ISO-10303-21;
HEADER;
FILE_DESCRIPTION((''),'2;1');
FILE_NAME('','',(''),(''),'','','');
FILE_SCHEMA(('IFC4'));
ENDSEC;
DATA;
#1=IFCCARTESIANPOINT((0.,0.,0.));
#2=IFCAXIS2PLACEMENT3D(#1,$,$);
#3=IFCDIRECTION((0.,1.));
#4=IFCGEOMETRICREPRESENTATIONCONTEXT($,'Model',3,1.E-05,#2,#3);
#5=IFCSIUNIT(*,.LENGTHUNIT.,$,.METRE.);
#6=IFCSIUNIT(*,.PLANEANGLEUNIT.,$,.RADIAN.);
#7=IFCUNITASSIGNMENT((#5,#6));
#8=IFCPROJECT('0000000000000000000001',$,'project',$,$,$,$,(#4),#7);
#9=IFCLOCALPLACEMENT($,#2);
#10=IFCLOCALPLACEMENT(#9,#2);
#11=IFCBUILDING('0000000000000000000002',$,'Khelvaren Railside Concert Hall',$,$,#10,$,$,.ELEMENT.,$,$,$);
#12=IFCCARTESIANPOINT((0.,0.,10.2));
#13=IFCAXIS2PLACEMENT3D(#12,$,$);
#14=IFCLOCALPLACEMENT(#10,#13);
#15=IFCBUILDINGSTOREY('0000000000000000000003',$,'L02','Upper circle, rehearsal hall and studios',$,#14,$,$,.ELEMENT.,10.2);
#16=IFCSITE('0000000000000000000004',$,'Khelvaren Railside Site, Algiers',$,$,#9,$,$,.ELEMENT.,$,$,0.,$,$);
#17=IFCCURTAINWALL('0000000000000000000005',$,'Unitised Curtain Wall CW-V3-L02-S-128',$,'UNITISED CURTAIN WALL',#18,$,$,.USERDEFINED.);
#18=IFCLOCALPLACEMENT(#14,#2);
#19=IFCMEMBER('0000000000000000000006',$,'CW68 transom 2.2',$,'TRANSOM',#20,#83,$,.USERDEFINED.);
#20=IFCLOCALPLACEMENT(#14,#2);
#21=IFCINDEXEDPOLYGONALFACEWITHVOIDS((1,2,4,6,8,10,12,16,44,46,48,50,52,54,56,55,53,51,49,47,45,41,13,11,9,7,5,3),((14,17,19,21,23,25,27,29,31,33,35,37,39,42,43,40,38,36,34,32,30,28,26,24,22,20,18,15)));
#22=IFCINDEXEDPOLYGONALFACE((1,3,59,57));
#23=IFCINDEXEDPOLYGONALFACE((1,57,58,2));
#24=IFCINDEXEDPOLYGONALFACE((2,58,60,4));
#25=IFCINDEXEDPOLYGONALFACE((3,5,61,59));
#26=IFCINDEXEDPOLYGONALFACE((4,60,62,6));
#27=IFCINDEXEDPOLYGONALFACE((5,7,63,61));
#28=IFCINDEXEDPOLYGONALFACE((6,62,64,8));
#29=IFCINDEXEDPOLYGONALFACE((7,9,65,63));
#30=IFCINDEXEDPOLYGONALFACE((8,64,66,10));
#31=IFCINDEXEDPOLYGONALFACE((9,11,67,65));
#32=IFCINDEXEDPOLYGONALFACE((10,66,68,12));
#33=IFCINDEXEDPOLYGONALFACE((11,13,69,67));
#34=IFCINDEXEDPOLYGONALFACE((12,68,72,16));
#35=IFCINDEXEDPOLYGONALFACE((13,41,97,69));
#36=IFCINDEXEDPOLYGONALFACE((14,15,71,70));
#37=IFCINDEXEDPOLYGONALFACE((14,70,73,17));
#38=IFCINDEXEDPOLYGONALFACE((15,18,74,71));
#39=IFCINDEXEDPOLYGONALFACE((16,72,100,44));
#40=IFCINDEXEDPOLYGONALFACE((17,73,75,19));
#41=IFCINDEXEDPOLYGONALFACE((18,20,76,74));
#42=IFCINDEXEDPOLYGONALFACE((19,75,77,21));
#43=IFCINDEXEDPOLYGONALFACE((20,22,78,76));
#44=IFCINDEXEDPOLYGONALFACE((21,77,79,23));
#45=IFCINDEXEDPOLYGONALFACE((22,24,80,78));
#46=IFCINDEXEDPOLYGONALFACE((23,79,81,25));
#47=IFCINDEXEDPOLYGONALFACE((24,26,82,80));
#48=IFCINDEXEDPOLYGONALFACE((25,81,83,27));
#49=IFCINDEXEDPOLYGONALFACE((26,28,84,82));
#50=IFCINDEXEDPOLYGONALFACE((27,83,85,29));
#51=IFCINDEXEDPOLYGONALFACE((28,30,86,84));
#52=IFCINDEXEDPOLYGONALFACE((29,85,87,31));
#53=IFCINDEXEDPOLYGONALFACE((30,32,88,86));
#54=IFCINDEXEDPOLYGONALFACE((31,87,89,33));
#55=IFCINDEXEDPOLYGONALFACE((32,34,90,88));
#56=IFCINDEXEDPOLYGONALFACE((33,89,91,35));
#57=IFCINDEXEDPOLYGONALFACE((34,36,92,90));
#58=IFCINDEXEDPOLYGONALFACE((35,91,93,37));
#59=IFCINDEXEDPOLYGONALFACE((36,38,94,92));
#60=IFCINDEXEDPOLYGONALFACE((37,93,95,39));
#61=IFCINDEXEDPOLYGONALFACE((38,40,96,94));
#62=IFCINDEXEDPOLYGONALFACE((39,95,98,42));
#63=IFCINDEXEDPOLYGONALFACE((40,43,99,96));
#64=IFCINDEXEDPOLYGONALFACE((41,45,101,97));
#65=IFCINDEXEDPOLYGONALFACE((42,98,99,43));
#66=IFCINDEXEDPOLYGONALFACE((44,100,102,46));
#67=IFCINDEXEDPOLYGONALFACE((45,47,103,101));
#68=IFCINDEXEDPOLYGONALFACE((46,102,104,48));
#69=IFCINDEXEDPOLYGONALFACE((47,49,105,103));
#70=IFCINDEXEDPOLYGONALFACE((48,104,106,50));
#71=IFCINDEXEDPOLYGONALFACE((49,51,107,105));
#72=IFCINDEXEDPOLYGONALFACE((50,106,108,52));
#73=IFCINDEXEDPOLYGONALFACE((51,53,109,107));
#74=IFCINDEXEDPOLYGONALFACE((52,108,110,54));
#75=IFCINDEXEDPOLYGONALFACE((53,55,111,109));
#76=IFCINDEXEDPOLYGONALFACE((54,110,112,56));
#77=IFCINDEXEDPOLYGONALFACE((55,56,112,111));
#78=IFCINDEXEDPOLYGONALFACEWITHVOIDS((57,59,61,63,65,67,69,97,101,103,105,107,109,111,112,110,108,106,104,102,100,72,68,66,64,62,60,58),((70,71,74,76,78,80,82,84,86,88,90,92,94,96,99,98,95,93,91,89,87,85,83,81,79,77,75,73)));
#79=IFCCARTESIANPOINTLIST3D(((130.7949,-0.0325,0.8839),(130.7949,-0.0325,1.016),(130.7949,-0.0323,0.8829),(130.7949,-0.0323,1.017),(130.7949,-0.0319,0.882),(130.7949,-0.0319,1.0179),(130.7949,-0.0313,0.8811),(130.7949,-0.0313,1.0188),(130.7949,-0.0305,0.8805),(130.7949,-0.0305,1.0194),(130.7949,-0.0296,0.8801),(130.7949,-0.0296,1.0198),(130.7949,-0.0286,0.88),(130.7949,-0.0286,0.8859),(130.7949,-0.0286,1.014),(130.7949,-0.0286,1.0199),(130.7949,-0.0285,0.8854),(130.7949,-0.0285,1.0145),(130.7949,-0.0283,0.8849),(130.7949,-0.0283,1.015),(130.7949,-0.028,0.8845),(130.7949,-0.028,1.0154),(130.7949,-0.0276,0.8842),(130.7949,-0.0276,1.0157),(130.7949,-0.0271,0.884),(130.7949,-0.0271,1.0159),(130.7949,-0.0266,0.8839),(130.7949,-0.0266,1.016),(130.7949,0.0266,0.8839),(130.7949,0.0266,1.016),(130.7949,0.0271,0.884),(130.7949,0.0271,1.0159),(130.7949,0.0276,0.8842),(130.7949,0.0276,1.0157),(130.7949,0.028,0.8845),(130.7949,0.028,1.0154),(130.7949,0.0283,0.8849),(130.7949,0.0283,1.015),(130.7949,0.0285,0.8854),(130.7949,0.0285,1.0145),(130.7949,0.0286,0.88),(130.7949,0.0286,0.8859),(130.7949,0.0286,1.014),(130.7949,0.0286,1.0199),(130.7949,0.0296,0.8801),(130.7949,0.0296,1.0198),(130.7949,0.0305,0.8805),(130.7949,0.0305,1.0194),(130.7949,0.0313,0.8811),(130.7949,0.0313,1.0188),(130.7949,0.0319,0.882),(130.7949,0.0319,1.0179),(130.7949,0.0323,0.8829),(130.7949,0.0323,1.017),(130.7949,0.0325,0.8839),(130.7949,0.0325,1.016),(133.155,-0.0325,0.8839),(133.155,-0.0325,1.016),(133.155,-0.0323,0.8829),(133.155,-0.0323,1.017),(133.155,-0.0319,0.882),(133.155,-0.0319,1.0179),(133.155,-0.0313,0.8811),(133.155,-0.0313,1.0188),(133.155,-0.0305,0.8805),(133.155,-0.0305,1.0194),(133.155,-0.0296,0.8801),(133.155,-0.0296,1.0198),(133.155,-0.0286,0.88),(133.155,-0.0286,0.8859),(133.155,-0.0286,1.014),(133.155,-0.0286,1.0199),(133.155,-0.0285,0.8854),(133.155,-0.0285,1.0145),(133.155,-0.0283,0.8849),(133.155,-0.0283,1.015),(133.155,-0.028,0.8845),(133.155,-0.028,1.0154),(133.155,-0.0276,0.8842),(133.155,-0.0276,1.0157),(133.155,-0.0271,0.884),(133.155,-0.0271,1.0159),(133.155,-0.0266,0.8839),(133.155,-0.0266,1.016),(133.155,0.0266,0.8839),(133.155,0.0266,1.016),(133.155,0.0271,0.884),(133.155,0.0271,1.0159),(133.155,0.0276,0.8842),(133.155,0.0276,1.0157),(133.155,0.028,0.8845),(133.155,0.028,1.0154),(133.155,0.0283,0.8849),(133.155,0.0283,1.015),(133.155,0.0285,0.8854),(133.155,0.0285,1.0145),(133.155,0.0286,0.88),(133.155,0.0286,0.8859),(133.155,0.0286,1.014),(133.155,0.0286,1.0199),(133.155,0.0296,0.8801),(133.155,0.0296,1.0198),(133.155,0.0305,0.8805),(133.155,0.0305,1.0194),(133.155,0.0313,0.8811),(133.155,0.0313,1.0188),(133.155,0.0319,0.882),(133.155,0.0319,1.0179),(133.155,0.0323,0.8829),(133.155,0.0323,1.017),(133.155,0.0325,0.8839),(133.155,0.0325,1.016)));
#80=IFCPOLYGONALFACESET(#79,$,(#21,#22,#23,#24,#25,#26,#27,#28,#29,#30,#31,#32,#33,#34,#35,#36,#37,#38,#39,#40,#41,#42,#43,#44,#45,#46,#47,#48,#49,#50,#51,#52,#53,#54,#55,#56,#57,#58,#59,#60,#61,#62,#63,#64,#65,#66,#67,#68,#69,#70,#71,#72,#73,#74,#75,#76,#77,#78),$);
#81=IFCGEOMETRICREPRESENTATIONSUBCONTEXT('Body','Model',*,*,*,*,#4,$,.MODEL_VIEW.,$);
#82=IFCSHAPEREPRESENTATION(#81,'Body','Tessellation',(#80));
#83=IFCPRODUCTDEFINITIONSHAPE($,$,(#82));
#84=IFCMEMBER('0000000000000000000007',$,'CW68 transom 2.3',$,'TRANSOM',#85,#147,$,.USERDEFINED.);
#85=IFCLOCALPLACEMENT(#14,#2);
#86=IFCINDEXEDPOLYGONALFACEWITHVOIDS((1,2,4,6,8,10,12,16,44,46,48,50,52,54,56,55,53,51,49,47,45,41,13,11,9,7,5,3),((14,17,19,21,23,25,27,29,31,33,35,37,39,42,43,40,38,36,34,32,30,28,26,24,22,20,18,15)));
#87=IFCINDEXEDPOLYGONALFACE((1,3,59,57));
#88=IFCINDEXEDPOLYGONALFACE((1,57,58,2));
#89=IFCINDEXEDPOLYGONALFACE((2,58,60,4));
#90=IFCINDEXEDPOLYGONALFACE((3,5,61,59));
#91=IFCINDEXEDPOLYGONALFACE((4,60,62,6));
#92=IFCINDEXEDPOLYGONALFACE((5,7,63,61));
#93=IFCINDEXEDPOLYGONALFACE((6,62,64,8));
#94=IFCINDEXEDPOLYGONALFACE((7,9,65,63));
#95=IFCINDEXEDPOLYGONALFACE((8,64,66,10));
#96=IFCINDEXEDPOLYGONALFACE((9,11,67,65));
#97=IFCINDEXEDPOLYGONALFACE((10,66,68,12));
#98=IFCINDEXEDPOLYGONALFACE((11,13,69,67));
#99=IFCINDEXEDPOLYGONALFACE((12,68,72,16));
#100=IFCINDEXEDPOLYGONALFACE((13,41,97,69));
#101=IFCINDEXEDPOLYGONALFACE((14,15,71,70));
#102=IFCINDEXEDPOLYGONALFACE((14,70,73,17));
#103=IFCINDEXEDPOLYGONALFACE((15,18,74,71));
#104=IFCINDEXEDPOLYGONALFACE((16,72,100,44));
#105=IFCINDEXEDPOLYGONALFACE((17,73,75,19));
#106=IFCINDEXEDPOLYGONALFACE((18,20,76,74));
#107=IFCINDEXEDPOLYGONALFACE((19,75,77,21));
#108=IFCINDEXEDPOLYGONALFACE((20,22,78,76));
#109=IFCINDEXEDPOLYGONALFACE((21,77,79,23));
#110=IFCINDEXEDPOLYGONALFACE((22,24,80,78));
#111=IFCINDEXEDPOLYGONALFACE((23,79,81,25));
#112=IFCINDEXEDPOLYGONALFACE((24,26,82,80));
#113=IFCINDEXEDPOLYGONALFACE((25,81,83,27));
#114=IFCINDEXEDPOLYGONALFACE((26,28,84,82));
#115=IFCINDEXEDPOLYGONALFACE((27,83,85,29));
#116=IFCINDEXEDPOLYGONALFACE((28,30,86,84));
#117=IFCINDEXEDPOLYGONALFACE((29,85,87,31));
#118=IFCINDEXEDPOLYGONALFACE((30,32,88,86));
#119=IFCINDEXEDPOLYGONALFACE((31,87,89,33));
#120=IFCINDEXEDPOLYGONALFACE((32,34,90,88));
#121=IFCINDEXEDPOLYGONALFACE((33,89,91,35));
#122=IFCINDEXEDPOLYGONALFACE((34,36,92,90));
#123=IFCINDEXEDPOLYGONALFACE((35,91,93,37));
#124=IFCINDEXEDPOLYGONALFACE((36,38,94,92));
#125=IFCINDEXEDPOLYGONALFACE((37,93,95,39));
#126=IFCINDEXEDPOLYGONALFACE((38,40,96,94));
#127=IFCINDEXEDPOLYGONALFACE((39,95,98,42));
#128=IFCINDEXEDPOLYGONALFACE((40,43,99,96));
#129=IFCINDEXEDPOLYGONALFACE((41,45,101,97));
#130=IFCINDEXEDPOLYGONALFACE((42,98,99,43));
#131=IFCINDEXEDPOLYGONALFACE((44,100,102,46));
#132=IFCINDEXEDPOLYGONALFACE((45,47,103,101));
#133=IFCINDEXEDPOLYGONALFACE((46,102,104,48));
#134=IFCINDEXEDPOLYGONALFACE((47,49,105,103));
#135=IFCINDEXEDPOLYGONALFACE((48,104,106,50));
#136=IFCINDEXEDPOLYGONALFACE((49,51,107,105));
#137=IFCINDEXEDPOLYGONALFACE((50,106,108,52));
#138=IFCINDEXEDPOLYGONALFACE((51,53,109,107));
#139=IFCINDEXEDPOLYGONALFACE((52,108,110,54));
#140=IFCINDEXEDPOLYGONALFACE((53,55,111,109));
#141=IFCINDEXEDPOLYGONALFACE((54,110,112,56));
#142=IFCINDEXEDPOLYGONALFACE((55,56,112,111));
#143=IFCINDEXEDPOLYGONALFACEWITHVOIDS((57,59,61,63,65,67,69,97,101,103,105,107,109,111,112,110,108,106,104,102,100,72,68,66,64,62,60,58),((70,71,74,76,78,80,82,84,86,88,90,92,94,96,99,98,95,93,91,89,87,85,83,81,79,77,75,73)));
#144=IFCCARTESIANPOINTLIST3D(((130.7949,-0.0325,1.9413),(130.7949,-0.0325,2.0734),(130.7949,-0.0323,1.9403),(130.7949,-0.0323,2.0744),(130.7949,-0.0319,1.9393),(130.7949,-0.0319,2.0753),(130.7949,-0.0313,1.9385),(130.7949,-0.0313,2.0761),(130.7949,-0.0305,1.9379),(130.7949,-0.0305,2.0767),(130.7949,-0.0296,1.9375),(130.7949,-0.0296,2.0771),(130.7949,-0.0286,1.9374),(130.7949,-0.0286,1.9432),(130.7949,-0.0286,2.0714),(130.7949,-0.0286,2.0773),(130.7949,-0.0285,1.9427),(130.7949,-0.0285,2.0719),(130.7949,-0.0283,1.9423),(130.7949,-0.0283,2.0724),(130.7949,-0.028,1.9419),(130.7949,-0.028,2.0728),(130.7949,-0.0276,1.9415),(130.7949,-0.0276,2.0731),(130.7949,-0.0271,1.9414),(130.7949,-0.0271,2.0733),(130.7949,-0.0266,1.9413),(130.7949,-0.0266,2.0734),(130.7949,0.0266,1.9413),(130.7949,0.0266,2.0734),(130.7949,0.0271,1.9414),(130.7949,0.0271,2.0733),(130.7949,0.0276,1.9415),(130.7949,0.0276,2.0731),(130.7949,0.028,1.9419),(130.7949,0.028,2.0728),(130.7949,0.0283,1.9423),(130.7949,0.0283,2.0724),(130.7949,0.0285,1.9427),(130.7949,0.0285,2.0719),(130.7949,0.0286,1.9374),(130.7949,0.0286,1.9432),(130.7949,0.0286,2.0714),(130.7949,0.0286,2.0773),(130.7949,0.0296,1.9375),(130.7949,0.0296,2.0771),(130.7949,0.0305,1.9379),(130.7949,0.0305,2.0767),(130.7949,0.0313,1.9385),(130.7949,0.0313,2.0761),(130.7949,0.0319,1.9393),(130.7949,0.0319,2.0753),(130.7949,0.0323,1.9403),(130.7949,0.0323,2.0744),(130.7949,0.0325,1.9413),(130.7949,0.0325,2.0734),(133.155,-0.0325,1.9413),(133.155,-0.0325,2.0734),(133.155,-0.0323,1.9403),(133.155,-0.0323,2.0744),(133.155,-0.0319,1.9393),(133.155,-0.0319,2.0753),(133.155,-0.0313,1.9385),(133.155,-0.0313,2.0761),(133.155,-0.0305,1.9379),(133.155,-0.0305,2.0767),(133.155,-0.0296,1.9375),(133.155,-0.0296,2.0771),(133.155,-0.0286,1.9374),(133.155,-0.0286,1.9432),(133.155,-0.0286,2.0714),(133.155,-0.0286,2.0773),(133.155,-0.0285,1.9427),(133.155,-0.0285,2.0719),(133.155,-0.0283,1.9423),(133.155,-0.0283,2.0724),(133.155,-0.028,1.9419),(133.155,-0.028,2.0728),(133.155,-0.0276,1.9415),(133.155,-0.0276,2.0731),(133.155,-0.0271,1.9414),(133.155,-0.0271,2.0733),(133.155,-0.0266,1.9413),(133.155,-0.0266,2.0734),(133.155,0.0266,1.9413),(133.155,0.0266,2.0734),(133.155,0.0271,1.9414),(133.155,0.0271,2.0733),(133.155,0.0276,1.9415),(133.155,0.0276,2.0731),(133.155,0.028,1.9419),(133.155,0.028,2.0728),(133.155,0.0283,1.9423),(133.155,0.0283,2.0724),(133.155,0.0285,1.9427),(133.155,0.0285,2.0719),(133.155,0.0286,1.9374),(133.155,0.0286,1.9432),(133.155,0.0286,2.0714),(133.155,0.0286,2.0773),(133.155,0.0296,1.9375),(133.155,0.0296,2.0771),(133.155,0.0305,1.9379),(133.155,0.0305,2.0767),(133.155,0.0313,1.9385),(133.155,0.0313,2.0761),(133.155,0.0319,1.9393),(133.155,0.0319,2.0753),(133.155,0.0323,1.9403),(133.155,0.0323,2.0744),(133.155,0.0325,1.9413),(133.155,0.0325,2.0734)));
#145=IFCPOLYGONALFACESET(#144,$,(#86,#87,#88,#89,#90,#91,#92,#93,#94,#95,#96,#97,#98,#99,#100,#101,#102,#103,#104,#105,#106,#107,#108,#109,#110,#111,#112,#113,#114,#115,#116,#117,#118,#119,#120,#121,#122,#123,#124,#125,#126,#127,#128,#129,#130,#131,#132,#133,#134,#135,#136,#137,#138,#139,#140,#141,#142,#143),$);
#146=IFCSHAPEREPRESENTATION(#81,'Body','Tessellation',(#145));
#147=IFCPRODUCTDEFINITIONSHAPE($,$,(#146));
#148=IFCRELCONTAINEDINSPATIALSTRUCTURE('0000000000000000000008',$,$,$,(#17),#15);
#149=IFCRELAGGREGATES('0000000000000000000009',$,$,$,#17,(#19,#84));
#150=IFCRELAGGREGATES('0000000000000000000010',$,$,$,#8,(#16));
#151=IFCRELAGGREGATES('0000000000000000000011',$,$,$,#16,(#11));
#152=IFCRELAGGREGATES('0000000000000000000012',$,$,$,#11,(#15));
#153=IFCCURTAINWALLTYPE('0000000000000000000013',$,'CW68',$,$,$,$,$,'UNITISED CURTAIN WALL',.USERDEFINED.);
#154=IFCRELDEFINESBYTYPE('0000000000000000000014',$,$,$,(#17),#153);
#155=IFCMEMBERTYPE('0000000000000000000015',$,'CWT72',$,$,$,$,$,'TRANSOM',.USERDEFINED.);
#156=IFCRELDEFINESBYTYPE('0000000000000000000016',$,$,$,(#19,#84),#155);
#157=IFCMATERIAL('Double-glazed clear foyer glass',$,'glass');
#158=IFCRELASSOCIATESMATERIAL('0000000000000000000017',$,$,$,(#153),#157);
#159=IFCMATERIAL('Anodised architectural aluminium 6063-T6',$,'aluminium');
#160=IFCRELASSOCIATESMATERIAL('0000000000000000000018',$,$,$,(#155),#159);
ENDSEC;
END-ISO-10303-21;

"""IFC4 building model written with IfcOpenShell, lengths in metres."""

from ifc_helpers import new_model, si_unit, direction, frame, origin, origin_2d, place, context, subcontext, project, spatial, hollow_rectangle, extrude, material, material_profile, profile_set, type_object, element, aggregate, save


model = new_model("IFC4")

# Units and contexts
model_context = context("Model", 3, precision=1e-05, world=origin(), true_north=direction((0.0, 1.0)))
body_context = subcontext(model_context, "Body", "Model", "MODEL_VIEW")
ifc_project = project(units=[si_unit("LENGTHUNIT", "METRE"), si_unit("PLANEANGLEUNIT", "RADIAN")], contexts=[model_context])

# Site, building, storey
site_placement = place(None, origin())
site = spatial("IfcSite", under=ifc_project, at=site_placement, Name="Khelvaren Railside Site, Algiers", CompositionType="ELEMENT", RefElevation=0.0)
building_placement = place(site_placement, origin())
building = spatial("IfcBuilding", under=site, at=building_placement, Name="Khelvaren Railside Concert Hall", CompositionType="ELEMENT")
storey_placement = place(building_placement, frame((0.0, 0.0, 10.2)))
storey = spatial("IfcBuildingStorey", under=building, at=storey_placement, Name="L02", Description="Upper circle, rehearsal hall and studios", CompositionType="ELEMENT", Elevation=10.2)

# Curtain wall
ifc_material_1 = material(Name="Double-glazed clear foyer glass", Category="glass")
curtain_wall_type_1 = type_object("IfcCurtainWallType", Name="CW68", ElementType="UNITISED CURTAIN WALL", PredefinedType="USERDEFINED", material=ifc_material_1)
curtain_wall_1_placement = place(storey_placement, origin())
curtain_wall_1 = element("IfcCurtainWall", 1, at=curtain_wall_1_placement, inside=storey, type_object=curtain_wall_type_1, Name="Unitised Curtain Wall CW-V3-L02-S-128", ObjectType="UNITISED CURTAIN WALL", PredefinedType="USERDEFINED")
ifc_material_2 = material(Name="Anodised architectural aluminium 6063-T6", Category="aluminium")

# Members
ifc_material_profile_1 = material_profile(ifc_material_2, hollow_rectangle(XDim=0.0649, YDim=0.1399, WallThickness=0.0039, InnerFilletRadius=0.002, OuterFilletRadius=0.0039, at=origin_2d()), Name="CWT 65x140x4")
ifc_profile_set_1 = profile_set([ifc_material_profile_1], Name="Anodised architectural aluminium 6063-T6")
member_type_1 = type_object("IfcMemberType", Name="CWT72", ElementType="TRANSOM", PredefinedType="USERDEFINED", material=ifc_profile_set_1)
member_1_placement = place(storey_placement, frame((133.155, 0.0, 0.95), z_axis=(-1.0, 0.0, 0.0), x_axis=(0.0, -1.0, 0.0)))
member_1 = element("IfcMember", 2, at=member_1_placement, type_object=member_type_1, Name="CW68 transom 2.2", ObjectType="TRANSOM", PredefinedType="USERDEFINED", context=body_context, shape_type="SweptSolid", body=[
    extrude(hollow_rectangle(XDim=0.0649, YDim=0.1399, WallThickness=0.0039, InnerFilletRadius=0.002, OuterFilletRadius=0.0039, at=origin_2d()), origin(), (0.0, 0.0, 1.0), 2.3601),
])
member_2_placement = place(storey_placement, frame((133.155, 0.0, 2.0073), z_axis=(-1.0, 0.0, 0.0), x_axis=(0.0, -1.0, 0.0)))
member_2 = element("IfcMember", 3, at=member_2_placement, type_object=member_type_1, Name="CW68 transom 2.3", ObjectType="TRANSOM", PredefinedType="USERDEFINED", context=body_context, shape_type="SweptSolid", body=[
    extrude(hollow_rectangle(XDim=0.0649, YDim=0.1399, WallThickness=0.0039, InnerFilletRadius=0.002, OuterFilletRadius=0.0039, at=origin_2d()), origin(), (0.0, 0.0, 1.0), 2.3601),
])

aggregate(curtain_wall_1, [member_1, member_2])

save(model, "model.ifc")
